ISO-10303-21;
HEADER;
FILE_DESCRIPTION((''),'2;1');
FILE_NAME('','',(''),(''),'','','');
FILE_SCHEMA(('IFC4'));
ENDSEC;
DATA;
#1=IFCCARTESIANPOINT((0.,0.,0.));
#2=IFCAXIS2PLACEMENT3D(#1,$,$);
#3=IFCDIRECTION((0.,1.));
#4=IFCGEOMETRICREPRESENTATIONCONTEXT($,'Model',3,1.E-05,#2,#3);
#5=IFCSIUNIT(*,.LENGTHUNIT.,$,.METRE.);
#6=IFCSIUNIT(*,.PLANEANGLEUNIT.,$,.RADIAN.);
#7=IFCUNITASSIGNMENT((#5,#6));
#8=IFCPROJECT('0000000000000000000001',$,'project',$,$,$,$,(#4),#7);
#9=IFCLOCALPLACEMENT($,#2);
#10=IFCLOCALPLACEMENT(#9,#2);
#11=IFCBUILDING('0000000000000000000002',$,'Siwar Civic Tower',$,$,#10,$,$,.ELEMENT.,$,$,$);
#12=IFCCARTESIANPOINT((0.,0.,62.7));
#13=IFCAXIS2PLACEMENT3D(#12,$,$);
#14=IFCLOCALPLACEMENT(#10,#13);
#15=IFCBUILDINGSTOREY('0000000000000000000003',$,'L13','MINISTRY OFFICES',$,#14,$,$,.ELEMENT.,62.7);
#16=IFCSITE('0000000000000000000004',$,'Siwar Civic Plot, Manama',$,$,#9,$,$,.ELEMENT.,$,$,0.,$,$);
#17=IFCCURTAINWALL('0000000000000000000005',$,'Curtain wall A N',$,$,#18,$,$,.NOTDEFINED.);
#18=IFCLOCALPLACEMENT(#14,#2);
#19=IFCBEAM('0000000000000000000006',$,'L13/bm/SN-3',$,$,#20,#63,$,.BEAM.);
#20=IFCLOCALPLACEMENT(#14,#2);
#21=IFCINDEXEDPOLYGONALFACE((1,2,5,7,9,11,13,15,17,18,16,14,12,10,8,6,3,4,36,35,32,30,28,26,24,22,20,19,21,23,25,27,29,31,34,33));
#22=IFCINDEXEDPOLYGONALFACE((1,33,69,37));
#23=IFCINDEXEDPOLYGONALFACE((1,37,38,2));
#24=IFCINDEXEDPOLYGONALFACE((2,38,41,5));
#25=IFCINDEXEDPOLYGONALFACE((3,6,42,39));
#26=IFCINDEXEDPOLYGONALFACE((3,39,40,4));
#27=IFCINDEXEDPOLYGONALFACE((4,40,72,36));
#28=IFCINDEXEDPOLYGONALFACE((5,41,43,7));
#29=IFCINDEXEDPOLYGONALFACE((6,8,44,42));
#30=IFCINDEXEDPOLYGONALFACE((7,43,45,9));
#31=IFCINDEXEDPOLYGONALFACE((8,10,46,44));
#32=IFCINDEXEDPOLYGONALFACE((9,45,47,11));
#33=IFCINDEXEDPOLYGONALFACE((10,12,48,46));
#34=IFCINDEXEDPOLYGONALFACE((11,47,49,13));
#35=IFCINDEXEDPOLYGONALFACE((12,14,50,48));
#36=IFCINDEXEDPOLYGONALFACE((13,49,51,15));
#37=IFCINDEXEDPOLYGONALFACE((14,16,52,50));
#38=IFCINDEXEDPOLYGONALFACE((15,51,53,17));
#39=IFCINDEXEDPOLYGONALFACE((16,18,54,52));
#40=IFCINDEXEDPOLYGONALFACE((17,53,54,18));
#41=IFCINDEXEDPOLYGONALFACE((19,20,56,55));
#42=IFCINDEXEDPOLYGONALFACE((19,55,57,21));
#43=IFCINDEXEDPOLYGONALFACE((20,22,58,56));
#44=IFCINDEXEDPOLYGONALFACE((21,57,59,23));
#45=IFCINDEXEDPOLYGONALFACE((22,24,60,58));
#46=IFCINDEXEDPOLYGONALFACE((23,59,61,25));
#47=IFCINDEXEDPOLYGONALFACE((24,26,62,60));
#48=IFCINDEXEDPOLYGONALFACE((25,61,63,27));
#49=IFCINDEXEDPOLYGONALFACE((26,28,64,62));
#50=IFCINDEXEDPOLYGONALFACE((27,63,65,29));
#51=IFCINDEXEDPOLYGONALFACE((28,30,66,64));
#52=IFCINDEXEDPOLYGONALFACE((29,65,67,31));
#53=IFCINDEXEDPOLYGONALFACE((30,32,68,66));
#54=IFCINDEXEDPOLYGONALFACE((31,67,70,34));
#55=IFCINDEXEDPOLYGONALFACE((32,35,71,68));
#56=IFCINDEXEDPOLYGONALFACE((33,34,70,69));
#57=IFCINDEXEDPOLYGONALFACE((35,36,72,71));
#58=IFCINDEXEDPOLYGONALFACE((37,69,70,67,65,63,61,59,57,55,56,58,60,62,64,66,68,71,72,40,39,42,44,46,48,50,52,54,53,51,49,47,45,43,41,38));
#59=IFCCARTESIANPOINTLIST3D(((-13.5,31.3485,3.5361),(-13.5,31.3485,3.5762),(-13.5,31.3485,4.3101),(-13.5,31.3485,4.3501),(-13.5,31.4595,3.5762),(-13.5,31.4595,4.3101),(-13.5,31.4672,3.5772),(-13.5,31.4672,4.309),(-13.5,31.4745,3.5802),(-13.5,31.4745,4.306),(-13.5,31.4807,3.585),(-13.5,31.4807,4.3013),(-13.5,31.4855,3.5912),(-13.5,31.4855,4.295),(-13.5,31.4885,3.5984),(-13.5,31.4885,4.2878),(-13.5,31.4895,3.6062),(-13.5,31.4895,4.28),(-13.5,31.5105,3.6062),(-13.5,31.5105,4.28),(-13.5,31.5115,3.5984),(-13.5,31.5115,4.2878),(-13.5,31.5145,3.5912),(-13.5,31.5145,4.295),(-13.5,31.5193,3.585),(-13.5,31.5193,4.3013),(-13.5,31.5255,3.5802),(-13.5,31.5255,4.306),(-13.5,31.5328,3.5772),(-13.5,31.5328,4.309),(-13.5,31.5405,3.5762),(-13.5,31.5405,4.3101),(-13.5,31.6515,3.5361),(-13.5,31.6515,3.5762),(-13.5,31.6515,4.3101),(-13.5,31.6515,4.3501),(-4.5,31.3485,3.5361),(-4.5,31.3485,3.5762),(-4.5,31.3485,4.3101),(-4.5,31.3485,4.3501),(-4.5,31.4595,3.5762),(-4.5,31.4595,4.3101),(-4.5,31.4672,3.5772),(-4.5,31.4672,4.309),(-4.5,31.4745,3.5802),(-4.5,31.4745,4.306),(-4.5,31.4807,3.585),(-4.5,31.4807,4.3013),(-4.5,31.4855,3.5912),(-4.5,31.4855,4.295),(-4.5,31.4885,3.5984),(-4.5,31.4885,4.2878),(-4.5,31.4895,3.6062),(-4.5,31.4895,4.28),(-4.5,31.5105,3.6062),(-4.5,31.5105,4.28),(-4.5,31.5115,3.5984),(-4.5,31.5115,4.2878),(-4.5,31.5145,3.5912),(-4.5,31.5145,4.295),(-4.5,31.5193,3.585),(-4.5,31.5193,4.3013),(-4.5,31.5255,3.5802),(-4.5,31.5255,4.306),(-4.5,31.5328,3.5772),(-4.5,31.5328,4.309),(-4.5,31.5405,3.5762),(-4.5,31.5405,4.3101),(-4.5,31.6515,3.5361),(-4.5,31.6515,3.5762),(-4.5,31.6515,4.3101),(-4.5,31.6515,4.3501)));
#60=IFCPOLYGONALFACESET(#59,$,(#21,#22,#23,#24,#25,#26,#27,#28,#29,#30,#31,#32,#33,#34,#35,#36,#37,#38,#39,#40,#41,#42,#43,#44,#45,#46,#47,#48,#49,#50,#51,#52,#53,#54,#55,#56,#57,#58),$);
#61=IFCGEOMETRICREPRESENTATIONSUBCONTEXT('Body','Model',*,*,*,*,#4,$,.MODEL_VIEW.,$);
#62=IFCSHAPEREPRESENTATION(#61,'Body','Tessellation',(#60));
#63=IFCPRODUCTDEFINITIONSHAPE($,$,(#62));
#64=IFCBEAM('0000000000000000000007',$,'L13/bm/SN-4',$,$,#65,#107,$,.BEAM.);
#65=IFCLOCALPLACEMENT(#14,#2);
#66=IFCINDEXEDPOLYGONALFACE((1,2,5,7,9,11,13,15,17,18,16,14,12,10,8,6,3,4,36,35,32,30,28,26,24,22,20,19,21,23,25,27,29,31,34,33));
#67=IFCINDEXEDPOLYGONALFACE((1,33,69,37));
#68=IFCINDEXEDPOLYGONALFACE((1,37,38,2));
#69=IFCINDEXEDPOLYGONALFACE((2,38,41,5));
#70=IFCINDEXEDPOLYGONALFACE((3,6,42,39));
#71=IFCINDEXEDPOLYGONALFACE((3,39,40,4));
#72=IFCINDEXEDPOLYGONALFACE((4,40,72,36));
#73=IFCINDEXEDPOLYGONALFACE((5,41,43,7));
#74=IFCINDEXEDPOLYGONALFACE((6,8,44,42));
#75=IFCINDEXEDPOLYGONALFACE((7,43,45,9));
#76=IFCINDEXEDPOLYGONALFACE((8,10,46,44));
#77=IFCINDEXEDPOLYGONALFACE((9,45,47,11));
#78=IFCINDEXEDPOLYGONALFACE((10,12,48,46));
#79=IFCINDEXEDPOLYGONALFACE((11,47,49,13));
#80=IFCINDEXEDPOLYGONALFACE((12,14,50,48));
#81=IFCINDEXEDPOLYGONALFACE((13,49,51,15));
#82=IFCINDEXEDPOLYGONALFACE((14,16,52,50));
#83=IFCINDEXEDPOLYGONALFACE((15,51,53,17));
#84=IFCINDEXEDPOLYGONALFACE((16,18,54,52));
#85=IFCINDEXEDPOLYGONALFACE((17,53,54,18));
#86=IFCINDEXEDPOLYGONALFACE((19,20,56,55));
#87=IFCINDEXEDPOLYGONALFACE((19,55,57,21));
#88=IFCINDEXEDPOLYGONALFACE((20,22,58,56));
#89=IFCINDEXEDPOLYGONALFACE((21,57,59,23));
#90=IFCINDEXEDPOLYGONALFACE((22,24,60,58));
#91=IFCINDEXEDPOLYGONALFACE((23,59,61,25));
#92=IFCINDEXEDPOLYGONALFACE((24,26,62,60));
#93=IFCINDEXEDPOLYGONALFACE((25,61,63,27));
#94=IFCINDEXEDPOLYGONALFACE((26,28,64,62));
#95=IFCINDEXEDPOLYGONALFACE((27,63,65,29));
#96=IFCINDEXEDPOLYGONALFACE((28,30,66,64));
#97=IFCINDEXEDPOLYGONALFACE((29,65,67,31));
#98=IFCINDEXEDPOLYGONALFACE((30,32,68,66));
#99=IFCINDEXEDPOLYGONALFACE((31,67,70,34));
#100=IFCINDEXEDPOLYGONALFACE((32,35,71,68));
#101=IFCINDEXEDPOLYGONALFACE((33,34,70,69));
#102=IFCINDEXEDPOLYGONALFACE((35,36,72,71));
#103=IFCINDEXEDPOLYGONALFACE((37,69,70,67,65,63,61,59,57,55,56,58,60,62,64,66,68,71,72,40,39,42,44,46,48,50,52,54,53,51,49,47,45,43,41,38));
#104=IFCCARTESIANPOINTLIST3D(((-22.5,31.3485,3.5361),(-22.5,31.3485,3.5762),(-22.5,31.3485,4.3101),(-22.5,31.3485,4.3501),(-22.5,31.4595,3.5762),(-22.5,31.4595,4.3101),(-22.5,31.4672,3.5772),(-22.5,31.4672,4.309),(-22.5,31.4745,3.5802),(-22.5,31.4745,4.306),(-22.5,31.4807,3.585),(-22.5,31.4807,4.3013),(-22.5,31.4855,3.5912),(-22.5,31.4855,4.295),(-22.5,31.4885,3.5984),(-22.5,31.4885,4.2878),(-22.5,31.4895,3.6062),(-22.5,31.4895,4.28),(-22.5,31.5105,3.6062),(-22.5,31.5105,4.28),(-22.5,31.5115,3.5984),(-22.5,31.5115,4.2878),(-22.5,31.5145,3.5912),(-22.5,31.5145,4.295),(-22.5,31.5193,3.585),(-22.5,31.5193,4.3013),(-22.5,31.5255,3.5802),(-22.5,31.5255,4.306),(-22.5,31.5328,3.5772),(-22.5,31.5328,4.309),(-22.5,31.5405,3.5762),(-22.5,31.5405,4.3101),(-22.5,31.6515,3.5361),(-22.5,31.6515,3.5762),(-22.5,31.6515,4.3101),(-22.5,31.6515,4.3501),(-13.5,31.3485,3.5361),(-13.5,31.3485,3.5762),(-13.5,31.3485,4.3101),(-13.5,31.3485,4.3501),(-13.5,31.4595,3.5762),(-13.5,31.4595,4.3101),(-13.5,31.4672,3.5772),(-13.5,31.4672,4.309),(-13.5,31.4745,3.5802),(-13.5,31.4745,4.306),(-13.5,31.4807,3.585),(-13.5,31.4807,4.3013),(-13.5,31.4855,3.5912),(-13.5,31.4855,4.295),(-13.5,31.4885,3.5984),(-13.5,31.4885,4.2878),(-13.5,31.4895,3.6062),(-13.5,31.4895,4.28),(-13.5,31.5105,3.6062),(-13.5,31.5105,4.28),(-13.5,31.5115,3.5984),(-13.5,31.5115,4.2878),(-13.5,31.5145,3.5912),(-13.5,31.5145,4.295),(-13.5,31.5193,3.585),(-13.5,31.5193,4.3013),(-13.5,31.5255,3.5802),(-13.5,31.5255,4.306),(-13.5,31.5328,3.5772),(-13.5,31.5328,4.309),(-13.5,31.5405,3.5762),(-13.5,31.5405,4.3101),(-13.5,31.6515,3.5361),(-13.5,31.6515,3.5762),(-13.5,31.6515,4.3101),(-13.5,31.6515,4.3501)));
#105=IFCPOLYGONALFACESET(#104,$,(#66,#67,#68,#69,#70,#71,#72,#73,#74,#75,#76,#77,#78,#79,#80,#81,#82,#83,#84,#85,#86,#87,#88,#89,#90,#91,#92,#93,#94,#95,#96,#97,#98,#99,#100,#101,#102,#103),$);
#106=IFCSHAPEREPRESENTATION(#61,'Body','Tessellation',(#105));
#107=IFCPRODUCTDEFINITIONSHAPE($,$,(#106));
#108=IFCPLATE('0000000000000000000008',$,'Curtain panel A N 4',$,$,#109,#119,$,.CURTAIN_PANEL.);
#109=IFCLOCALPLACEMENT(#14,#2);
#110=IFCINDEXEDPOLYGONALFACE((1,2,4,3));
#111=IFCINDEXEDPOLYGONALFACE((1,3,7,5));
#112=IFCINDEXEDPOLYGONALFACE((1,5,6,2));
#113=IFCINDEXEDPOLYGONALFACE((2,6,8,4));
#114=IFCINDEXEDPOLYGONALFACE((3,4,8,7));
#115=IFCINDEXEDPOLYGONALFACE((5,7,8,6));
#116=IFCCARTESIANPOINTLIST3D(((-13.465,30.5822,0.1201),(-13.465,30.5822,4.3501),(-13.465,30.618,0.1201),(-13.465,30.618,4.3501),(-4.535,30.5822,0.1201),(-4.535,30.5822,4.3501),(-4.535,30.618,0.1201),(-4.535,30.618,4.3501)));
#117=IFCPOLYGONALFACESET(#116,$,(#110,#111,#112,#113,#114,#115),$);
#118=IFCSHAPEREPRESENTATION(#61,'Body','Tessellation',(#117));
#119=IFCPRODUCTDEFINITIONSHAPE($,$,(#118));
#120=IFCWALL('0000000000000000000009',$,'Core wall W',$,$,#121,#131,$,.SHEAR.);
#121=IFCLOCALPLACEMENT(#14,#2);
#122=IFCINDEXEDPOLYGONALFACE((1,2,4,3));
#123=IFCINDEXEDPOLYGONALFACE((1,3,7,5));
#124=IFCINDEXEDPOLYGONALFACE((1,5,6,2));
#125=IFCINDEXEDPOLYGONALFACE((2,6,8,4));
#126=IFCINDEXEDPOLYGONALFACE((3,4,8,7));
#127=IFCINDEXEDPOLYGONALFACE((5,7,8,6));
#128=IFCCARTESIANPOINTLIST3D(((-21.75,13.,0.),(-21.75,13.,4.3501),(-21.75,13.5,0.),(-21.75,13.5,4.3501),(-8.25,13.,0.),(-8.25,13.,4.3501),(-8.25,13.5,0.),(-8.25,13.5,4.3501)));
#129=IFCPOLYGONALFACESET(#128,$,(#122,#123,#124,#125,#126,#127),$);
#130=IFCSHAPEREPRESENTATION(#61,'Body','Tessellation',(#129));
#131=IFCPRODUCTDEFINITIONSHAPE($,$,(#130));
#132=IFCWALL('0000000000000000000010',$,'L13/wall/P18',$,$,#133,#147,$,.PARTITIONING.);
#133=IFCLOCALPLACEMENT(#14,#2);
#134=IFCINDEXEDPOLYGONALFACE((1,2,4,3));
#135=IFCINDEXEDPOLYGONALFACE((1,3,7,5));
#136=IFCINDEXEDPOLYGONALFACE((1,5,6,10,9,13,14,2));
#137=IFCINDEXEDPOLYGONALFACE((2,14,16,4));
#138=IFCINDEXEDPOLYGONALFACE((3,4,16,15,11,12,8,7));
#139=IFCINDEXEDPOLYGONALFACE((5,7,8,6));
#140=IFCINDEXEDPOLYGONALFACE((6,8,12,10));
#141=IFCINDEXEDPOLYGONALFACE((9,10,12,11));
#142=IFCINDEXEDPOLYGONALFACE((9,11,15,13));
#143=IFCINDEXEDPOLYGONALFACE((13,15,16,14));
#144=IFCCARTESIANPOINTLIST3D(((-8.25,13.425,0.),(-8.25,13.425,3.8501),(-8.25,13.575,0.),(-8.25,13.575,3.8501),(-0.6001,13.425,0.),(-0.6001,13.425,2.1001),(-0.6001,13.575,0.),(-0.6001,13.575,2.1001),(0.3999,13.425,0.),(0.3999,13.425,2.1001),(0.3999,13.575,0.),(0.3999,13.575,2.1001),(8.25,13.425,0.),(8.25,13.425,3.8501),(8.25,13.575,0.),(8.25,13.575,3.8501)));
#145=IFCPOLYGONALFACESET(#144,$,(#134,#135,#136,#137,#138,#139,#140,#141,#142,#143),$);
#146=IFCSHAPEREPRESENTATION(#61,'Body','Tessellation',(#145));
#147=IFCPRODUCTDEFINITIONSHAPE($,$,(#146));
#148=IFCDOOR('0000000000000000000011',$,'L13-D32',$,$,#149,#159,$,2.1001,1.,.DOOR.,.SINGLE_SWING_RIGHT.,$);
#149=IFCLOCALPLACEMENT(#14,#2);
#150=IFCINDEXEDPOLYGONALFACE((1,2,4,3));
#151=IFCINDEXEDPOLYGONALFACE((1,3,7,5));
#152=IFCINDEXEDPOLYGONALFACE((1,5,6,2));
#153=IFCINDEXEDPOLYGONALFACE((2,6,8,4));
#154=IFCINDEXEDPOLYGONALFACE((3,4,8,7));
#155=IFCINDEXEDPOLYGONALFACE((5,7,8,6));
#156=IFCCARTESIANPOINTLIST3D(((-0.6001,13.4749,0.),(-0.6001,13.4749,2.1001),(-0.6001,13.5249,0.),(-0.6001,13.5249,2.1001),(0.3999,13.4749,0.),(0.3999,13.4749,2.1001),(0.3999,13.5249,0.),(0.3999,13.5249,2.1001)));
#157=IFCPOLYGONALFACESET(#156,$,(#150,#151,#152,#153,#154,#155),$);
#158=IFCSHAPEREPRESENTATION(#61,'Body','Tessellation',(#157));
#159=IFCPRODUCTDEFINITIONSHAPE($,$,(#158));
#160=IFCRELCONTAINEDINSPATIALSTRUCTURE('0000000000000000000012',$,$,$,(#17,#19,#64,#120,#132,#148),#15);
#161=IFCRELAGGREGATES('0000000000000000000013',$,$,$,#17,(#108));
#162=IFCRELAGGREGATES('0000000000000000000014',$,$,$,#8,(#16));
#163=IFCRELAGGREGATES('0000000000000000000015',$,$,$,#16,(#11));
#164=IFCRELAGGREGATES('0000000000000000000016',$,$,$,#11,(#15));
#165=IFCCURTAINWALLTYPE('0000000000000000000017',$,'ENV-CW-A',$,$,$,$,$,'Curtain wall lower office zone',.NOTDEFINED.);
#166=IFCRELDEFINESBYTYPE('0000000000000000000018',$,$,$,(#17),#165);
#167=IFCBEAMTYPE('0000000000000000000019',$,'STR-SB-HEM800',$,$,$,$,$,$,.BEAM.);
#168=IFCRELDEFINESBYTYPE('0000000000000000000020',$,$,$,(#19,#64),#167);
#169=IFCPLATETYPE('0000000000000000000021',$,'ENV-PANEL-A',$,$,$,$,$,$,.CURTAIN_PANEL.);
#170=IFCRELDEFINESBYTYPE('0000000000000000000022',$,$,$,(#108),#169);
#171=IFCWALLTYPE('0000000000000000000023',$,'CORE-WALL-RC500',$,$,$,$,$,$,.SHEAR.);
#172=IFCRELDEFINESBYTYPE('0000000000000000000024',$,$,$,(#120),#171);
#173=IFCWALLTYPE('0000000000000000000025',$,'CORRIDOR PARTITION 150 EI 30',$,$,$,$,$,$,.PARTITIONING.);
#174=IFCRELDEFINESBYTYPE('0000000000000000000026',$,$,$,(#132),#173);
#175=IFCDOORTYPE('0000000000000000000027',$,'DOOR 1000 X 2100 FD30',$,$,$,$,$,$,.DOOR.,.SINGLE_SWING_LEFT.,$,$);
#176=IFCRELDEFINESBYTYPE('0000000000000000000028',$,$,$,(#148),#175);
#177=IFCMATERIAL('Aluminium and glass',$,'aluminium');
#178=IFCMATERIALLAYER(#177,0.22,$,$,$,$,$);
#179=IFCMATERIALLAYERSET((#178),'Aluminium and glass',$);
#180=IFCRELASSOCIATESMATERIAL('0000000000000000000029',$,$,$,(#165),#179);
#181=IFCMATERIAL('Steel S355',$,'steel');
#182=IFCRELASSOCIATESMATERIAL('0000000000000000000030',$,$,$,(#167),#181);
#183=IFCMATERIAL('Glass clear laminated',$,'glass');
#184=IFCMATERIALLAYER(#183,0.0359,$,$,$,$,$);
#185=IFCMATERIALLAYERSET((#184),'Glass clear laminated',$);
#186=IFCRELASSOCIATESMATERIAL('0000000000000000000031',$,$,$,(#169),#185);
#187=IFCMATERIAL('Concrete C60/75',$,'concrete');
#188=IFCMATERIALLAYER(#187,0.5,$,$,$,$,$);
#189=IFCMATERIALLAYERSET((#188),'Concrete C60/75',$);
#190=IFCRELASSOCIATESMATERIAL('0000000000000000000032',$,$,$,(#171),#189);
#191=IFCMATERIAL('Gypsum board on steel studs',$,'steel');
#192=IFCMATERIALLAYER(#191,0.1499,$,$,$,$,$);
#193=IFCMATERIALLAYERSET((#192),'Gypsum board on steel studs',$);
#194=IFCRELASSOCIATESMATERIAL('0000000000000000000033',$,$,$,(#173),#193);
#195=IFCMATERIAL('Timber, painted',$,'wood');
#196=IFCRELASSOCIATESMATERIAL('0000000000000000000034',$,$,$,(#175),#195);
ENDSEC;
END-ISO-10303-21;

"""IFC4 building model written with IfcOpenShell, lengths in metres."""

from ifc_helpers import new_model, si_unit, direction, frame, frame_2d, origin, origin_2d, place, context, subcontext, project, spatial, rectangle, i_section, extrude, material, layer, layer_set, material_profile, profile_set, type_object, element, fill, aggregate, save


model = new_model("IFC4")

# Units and contexts
model_context = context("Model", 3, precision=1e-05, world=origin(), true_north=direction((0.0, 1.0)))
body_context = subcontext(model_context, "Body", "Model", "MODEL_VIEW")
ifc_project = project(units=[si_unit("LENGTHUNIT", "METRE"), si_unit("PLANEANGLEUNIT", "RADIAN")], contexts=[model_context])

# Site, building, storey
site_placement = place(None, origin())
site = spatial("IfcSite", under=ifc_project, at=site_placement, Name="Siwar Civic Plot, Manama", CompositionType="ELEMENT", RefElevation=0.0)
building_placement = place(site_placement, origin())
building = spatial("IfcBuilding", under=site, at=building_placement, Name="Siwar Civic Tower", CompositionType="ELEMENT")
storey_placement = place(building_placement, frame((0.0, 0.0, 62.7)))
storey = spatial("IfcBuildingStorey", under=building, at=storey_placement, Name="L13", Description="MINISTRY OFFICES", CompositionType="ELEMENT", Elevation=62.7)

# Curtain wall
ifc_material_1 = material(Name="Aluminium and glass", Category="aluminium")
ifc_layer_1 = layer(ifc_material_1, 0.22)
ifc_layer_set_1 = layer_set([ifc_layer_1], Name="Aluminium and glass")
curtain_wall_type = type_object("IfcCurtainWallType", Name="ENV-CW-A", ElementType="Curtain wall lower office zone", PredefinedType="NOTDEFINED", material=ifc_layer_set_1)
curtain_wall_placement = place(storey_placement, origin())
curtain_wall = element("IfcCurtainWall", 1, at=curtain_wall_placement, inside=storey, type_object=curtain_wall_type, Name="Curtain wall A N", PredefinedType="NOTDEFINED")

# Beams
ifc_material_2 = material(Name="Steel S355", Category="steel")
ifc_material_profile_1 = material_profile(ifc_material_2, i_section(OverallWidth=0.303, OverallDepth=0.814, WebThickness=0.021, FlangeThickness=0.04, FilletRadius=0.03, at=origin_2d()), Name="HEM800")
ifc_profile_set_1 = profile_set([ifc_material_profile_1], Name="Steel S355")
beam_type_1 = type_object("IfcBeamType", Name="STR-SB-HEM800", PredefinedType="BEAM", material=ifc_profile_set_1)
for number, where, z_axis, x_axis, name in (
    (2, (-4.5, 31.5, 3.9431), (-1.0, 0.0, 0.0), (0.0, -1.0, 0.0), "L13/bm/SN-3"),
    (3, (-13.5, 31.5, 3.9431), (-1.0, 0.0, 0.0), (0.0, -1.0, 0.0), "L13/bm/SN-4"),
):
    element("IfcBeam", number, at=place(storey_placement, frame(where, z_axis=z_axis, x_axis=x_axis)), inside=storey, type_object=beam_type_1, Name=name, PredefinedType="BEAM", context=body_context, shape_type="SweptSolid", body=[
        extrude(i_section(OverallWidth=0.303, OverallDepth=0.814, WebThickness=0.021, FlangeThickness=0.04, FilletRadius=0.03, at=origin_2d()), origin(), (0.0, 0.0, 1.0), 9.0),
    ])

# Plate
ifc_material_3 = material(Name="Glass clear laminated", Category="glass")
ifc_layer_2 = layer(ifc_material_3, 0.0359)
ifc_layer_set_2 = layer_set([ifc_layer_2], Name="Glass clear laminated")
plate_type = type_object("IfcPlateType", Name="ENV-PANEL-A", PredefinedType="CURTAIN_PANEL", material=ifc_layer_set_2)
plate_placement = place(storey_placement, frame((-9.0, 30.6001, 0.1201), z_axis=(0.0, 0.0, 1.0), x_axis=(-1.0, 0.0, 0.0)))
plate = element("IfcPlate", 4, at=plate_placement, type_object=plate_type, Name="Curtain panel A N 4", PredefinedType="CURTAIN_PANEL", context=body_context, shape_type="SweptSolid", body=[
    extrude(rectangle(XDim=8.9299, YDim=0.0359, at=origin_2d()), origin(), (0.0, 0.0, 1.0), 4.23),
])
aggregate(curtain_wall, [plate])

# Wall
ifc_material_4 = material(Name="Concrete C60/75", Category="concrete")
ifc_layer_3 = layer(ifc_material_4, 0.5)
ifc_layer_set_3 = layer_set([ifc_layer_3], Name="Concrete C60/75")
wall_type_1 = type_object("IfcWallType", Name="CORE-WALL-RC500", PredefinedType="SHEAR", material=ifc_layer_set_3)
wall_1_placement = place(storey_placement, frame((-8.25, 13.25, 0.0), z_axis=(0.0, 0.0, 1.0), x_axis=(-1.0, 0.0, 0.0)))
element("IfcWall", 5, at=wall_1_placement, inside=storey, type_object=wall_type_1, Name="Core wall W", PredefinedType="SHEAR", context=body_context, shape_type="SweptSolid", body=[
    extrude(rectangle(XDim=13.5, YDim=0.5, at=frame_2d((6.75, 0.0))), origin(), (0.0, 0.0, 1.0), 4.3501),
])

# Wall, opening, door
ifc_material_5 = material(Name="Gypsum board on steel studs", Category="steel")
ifc_layer_4 = layer(ifc_material_5, 0.1499)
ifc_layer_set_4 = layer_set([ifc_layer_4], Name="Gypsum board on steel studs")
wall_type_2 = type_object("IfcWallType", Name="CORRIDOR PARTITION 150 EI 30", PredefinedType="PARTITIONING", material=ifc_layer_set_4)
wall_2_placement = place(storey_placement, frame((-8.25, 13.5, 0.0), z_axis=(0.0, 0.0, 1.0), x_axis=(1.0, 0.0, 0.0)))
wall_2 = element("IfcWall", 6, at=wall_2_placement, inside=storey, type_object=wall_type_2, Name="L13/wall/P18", PredefinedType="PARTITIONING", context=body_context, shape_type="SweptSolid", body=[
    extrude(rectangle(XDim=16.5, YDim=0.1499, at=frame_2d((8.25, 0.0))), origin(), (0.0, 0.0, 1.0), 3.8501),
])
opening_1_placement = place(wall_2_placement, frame((7.6499, 0.0, 0.0)))
opening_1 = element("IfcOpeningElement", 7, at=opening_1_placement, cuts=wall_2, PredefinedType="OPENING", context=body_context, shape_type="SweptSolid", body=[
    extrude(rectangle(XDim=1.0, YDim=2.1001, at=frame_2d((0.5, 1.05))), frame((0.0, 0.085, 0.0), z_axis=(0.0, -1.0, 0.0), x_axis=(1.0, 0.0, 0.0)), (0.0, 0.0, 1.0), 0.1699),
])
ifc_material_6 = material(Name="Timber, painted", Category="wood")
door_type_1 = type_object("IfcDoorType", Name="DOOR 1000 X 2100 FD30", OperationType="SINGLE_SWING_LEFT", PredefinedType="DOOR", material=ifc_material_6)
door_1_placement = place(opening_1_placement, origin())
door_1 = element("IfcDoor", 8, at=door_1_placement, inside=storey, type_object=door_type_1, Name="L13-D32", OperationType="SINGLE_SWING_RIGHT", OverallHeight=2.1001, OverallWidth=1.0, PredefinedType="DOOR", context=body_context, shape_type="SweptSolid", body=[
    extrude(rectangle(XDim=1.0, YDim=2.1001, at=frame_2d((0.5, 1.05))), frame((0.0, 0.0249, 0.0), z_axis=(0.0, -1.0, 0.0), x_axis=(1.0, 0.0, 0.0)), (0.0, 0.0, 1.0), 0.05),
])
fill(opening_1, door_1)

save(model, "model.ifc")
